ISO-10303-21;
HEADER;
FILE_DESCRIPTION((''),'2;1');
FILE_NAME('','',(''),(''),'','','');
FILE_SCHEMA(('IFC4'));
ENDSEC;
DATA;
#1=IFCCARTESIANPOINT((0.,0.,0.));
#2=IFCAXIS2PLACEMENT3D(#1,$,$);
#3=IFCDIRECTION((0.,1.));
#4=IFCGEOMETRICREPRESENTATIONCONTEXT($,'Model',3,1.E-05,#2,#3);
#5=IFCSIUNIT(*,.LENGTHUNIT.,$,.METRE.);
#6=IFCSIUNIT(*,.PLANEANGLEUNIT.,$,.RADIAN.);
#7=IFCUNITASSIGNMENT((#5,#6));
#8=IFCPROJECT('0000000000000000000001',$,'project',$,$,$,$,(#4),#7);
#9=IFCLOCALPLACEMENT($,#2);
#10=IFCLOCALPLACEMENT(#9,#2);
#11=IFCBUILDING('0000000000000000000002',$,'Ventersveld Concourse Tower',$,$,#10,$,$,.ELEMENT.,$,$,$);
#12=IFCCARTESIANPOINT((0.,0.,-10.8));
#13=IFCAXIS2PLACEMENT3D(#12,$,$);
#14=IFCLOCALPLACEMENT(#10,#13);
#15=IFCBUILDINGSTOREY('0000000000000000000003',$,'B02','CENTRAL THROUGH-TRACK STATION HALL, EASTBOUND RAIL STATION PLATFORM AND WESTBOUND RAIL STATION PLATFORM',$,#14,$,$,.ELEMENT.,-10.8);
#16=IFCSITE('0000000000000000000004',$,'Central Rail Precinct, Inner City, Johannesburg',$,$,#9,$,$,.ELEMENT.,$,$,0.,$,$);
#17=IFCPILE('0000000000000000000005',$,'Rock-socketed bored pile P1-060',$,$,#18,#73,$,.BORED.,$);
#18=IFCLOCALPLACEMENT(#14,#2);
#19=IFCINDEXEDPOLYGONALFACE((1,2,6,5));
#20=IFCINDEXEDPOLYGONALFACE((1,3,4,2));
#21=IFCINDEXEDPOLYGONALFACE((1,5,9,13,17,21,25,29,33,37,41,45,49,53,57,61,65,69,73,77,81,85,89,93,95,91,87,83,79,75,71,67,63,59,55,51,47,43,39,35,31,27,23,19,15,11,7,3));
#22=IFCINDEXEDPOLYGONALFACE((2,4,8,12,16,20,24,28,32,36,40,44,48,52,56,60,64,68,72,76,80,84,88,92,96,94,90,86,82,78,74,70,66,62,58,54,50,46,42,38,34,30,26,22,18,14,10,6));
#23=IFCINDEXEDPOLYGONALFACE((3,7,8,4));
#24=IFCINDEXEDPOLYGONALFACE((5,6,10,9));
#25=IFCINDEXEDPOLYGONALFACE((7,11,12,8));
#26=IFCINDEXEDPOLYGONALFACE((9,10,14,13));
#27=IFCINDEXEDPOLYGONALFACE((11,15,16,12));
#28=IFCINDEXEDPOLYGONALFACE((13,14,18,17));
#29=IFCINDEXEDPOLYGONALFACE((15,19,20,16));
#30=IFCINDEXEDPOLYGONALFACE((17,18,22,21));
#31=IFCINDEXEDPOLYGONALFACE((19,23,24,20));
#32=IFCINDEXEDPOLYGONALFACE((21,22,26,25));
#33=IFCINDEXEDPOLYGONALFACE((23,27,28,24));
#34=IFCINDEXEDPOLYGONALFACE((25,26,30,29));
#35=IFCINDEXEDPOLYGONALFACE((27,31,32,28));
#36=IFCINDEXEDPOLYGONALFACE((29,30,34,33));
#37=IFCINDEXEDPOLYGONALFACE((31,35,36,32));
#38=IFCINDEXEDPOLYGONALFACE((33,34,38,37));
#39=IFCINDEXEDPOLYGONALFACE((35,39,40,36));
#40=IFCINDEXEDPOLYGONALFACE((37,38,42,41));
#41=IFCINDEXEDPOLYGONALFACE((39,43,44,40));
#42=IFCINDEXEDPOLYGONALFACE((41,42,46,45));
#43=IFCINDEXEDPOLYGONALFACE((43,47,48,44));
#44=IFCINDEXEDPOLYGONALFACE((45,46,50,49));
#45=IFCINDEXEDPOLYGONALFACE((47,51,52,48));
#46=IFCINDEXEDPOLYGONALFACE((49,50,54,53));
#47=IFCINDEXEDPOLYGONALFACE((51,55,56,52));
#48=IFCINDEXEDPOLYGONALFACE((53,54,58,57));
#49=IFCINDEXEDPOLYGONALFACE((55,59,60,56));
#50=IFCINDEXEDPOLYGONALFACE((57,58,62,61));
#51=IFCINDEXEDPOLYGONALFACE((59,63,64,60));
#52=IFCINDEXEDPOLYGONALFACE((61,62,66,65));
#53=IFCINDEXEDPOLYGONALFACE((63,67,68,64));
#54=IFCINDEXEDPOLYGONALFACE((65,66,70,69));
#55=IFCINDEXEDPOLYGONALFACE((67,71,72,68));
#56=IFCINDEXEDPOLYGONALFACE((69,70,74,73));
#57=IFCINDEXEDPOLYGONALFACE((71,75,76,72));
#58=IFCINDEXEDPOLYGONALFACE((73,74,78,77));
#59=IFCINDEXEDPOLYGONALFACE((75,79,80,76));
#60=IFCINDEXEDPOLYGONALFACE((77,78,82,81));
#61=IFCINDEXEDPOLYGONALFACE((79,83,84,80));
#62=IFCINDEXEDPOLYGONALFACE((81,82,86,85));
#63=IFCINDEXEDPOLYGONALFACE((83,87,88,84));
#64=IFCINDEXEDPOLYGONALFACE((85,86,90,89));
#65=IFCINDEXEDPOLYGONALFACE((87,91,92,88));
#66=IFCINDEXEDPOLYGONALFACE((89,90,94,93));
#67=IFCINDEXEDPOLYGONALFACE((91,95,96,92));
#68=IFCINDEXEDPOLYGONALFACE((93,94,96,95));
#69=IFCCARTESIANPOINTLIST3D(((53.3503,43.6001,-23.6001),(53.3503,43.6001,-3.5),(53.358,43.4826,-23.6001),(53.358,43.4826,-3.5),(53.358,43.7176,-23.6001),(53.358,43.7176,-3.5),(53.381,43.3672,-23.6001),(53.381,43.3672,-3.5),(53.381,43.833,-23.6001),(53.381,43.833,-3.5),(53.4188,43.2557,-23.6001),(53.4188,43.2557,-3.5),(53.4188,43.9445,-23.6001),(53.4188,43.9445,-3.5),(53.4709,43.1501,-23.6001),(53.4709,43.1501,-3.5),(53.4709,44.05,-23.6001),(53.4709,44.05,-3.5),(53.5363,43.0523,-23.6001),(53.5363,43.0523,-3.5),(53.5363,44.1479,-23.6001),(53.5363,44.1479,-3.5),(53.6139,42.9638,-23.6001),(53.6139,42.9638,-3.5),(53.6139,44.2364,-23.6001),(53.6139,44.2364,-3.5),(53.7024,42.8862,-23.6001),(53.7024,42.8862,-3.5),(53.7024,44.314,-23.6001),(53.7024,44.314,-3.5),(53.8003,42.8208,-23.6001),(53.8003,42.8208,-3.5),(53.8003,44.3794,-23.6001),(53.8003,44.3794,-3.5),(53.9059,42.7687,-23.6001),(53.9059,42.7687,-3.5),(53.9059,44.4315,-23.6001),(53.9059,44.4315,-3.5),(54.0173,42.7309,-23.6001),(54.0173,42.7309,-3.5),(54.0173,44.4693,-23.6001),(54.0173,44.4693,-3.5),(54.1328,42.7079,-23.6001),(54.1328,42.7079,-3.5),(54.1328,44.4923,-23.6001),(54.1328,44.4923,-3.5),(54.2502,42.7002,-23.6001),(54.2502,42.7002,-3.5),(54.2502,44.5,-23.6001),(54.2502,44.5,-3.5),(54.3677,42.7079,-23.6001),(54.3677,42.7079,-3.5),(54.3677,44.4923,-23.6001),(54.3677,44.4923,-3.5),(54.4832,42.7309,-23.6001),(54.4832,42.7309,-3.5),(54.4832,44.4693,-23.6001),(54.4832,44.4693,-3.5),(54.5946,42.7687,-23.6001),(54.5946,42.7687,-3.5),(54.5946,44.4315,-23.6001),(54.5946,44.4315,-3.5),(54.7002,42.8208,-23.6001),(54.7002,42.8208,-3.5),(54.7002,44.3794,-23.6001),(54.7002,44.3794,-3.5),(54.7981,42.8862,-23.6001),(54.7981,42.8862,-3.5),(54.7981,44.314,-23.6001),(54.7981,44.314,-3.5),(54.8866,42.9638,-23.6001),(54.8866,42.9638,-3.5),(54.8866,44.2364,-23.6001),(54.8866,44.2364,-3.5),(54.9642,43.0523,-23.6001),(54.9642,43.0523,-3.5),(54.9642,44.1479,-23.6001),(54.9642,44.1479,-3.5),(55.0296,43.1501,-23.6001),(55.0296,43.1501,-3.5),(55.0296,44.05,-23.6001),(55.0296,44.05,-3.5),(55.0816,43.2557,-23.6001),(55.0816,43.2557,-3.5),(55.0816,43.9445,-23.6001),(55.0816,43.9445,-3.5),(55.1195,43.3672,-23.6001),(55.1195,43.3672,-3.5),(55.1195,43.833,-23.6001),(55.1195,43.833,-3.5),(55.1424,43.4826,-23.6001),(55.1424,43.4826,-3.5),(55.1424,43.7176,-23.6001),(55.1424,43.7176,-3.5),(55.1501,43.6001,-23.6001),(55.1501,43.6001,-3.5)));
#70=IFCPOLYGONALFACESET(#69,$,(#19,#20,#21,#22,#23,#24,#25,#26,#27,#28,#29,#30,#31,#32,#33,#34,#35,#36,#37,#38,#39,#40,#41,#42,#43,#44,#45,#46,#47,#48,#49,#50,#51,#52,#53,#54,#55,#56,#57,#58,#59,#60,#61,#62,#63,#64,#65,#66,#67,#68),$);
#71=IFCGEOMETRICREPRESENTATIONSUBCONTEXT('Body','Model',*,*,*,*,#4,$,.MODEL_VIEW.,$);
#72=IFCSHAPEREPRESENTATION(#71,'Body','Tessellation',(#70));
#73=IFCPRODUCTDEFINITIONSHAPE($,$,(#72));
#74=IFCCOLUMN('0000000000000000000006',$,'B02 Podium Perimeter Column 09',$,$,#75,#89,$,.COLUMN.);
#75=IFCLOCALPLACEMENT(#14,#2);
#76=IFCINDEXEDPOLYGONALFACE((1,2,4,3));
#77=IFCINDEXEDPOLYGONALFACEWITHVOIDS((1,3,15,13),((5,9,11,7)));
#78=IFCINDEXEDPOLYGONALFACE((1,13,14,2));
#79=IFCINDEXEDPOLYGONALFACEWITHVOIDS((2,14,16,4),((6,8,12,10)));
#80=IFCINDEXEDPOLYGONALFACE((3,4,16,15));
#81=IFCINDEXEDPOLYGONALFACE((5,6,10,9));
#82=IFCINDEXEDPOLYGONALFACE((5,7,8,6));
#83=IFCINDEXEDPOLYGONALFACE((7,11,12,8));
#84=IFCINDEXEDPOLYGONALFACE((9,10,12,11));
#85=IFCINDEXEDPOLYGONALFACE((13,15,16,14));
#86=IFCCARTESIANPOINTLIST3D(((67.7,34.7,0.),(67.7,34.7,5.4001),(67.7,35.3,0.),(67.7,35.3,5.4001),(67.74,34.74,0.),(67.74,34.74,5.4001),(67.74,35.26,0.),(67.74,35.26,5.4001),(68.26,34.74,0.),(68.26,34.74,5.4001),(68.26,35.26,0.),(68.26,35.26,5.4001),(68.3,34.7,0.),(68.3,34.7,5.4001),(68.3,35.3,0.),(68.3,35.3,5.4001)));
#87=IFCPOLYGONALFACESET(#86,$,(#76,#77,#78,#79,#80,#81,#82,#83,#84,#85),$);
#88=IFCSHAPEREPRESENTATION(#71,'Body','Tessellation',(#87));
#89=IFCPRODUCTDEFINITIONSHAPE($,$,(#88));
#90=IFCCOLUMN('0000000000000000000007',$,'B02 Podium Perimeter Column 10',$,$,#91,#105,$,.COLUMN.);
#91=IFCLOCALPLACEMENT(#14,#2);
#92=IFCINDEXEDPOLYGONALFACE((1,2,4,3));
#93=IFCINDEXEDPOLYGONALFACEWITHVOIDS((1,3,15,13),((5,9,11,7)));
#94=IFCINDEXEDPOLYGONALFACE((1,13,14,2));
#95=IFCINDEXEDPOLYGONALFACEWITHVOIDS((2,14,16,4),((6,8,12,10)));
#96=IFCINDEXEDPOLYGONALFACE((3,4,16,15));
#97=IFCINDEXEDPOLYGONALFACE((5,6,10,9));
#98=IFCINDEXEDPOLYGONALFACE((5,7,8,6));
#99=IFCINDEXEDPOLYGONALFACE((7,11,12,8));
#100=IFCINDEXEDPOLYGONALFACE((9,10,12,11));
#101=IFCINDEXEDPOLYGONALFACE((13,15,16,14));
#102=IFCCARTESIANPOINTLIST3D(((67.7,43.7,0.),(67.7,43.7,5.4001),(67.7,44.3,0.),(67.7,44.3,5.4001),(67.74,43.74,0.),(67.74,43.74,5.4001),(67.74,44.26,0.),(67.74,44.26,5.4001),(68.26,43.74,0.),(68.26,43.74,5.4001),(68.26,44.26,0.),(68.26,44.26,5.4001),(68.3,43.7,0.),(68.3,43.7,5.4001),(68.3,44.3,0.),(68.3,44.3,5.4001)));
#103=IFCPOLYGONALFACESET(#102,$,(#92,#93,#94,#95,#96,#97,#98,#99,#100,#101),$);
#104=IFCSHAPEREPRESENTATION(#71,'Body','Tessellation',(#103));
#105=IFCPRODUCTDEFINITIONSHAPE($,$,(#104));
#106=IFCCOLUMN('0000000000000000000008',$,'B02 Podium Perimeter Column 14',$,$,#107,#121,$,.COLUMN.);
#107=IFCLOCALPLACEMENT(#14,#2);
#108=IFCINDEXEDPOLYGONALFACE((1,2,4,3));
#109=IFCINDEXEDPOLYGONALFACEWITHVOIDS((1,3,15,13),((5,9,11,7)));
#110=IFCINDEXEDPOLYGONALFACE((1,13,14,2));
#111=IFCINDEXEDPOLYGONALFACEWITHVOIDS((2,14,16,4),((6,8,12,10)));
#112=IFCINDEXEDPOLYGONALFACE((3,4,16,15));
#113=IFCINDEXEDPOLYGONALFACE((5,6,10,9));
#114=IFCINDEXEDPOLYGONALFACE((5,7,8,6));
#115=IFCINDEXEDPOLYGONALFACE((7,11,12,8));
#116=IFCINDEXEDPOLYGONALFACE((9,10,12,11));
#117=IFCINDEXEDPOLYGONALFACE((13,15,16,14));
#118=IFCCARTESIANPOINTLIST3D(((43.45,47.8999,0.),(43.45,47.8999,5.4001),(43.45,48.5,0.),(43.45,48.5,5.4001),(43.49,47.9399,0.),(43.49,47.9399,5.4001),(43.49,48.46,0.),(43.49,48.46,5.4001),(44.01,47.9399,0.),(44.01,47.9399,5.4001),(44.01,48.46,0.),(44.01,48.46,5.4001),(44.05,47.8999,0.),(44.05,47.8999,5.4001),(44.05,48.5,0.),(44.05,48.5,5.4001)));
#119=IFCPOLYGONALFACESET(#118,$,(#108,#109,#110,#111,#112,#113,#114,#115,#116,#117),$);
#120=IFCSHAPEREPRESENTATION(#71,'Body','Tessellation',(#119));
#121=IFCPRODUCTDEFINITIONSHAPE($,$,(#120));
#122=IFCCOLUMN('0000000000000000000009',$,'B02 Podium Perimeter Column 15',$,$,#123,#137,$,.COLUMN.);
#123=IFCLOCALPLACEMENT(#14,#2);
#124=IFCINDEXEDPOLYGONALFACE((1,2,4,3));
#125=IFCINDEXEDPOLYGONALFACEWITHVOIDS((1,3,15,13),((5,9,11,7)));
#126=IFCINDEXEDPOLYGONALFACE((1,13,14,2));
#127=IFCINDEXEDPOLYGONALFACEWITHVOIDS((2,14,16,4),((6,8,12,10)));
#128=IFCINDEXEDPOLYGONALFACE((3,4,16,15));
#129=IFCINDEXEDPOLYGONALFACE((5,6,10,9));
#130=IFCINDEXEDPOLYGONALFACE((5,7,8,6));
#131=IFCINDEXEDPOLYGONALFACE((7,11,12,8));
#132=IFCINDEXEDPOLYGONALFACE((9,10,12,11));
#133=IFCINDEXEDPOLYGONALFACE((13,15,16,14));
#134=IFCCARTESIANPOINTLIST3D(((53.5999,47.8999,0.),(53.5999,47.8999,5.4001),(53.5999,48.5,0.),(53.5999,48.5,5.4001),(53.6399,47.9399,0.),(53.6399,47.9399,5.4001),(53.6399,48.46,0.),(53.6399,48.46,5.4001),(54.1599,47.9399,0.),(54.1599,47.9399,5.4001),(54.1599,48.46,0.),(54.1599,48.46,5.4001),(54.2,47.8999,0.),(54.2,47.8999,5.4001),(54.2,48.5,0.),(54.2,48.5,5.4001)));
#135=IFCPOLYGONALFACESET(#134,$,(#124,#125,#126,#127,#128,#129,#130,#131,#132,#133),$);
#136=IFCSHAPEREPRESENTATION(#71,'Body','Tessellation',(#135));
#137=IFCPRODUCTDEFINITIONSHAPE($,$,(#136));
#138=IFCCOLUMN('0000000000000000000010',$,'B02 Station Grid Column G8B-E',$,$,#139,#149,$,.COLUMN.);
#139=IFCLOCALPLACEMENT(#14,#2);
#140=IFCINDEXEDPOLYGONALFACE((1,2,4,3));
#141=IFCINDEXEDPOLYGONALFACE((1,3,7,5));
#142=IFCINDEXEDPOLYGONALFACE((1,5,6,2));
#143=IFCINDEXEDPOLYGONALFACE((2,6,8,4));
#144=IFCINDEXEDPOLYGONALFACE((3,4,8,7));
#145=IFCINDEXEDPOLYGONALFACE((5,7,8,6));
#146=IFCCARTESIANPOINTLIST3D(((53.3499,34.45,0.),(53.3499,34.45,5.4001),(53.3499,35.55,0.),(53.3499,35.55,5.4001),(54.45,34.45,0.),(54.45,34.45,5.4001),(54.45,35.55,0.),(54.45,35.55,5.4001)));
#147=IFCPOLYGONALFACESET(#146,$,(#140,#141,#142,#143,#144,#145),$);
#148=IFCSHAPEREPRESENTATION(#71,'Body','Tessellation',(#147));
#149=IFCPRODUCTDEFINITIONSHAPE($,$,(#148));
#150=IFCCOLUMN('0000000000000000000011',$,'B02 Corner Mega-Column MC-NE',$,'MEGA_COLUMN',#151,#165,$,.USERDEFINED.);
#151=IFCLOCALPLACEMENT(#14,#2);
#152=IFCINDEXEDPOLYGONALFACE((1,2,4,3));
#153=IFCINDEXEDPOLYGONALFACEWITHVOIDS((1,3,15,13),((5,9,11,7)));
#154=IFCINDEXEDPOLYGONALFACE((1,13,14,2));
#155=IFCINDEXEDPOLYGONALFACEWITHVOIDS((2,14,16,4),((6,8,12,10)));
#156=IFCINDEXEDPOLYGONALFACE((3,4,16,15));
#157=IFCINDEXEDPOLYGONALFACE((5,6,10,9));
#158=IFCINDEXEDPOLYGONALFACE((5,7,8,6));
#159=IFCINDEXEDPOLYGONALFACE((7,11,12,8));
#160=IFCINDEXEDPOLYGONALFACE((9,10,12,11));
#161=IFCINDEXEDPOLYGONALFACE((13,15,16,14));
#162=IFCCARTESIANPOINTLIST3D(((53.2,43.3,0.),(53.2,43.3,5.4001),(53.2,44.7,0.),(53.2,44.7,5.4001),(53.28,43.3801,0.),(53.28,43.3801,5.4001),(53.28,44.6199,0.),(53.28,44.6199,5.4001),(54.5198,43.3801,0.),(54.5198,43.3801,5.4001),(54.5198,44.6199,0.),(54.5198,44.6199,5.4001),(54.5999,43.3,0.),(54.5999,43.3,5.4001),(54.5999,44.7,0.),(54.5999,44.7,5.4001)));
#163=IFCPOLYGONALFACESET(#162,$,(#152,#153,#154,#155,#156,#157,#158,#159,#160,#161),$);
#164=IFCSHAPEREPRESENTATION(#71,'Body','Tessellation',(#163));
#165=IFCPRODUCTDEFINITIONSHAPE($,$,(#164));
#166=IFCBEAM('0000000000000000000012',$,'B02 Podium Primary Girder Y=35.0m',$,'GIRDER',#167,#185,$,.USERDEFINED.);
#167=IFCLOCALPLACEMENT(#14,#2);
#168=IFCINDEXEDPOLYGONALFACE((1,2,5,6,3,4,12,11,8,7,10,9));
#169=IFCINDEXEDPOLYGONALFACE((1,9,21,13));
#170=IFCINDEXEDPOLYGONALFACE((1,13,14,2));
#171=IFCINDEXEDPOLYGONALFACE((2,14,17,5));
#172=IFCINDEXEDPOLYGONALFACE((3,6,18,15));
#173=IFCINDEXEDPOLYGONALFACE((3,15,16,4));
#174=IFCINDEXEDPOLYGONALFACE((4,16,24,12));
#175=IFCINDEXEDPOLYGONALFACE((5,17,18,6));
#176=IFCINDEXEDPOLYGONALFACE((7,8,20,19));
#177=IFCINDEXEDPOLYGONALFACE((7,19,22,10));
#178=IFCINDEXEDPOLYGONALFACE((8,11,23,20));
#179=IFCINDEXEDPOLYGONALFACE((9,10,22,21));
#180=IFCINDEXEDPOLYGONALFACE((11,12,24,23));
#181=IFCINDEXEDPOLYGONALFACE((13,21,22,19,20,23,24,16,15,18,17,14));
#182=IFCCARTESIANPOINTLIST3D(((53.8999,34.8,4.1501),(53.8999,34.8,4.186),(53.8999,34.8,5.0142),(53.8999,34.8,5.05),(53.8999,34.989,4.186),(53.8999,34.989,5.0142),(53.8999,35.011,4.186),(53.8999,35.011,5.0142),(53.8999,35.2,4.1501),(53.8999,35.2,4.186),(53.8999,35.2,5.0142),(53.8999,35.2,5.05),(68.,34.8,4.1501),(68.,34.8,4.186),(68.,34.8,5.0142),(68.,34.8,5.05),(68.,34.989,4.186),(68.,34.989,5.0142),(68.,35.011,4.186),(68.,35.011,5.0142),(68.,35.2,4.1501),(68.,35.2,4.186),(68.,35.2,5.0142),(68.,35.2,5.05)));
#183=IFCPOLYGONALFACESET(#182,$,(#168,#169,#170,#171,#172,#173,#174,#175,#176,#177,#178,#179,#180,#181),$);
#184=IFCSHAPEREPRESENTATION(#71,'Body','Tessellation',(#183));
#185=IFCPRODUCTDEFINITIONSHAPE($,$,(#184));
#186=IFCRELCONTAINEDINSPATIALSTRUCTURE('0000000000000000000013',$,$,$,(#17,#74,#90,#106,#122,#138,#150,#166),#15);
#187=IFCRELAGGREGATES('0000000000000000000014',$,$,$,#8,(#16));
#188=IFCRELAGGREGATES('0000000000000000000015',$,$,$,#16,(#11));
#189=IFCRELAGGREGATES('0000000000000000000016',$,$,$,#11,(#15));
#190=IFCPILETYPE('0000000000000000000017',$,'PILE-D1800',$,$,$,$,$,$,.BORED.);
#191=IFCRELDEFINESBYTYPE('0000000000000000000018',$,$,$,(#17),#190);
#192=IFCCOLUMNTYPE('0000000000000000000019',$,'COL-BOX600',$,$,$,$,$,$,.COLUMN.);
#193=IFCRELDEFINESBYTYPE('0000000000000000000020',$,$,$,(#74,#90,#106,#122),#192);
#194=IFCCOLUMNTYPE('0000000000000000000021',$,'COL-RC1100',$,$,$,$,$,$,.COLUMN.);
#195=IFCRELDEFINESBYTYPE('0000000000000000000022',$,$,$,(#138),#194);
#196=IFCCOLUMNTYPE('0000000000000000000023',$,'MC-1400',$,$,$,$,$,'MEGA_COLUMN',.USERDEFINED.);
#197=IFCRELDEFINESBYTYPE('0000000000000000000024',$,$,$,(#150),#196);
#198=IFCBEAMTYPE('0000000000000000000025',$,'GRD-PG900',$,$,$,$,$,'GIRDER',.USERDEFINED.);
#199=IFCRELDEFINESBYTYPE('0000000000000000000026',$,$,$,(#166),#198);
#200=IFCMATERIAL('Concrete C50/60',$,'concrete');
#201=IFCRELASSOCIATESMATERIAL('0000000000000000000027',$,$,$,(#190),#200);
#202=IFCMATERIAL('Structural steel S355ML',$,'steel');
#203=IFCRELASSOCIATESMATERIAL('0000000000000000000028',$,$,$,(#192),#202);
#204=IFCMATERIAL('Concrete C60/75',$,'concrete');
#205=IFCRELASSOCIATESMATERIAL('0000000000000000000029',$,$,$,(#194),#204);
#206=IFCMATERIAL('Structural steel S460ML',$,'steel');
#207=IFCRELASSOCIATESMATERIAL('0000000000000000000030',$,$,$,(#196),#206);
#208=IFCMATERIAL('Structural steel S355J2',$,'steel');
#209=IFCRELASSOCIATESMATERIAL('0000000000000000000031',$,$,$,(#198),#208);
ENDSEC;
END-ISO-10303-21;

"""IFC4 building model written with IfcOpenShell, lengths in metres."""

from ifc_helpers import new_model, si_unit, direction, frame, origin, origin_2d, place, context, subcontext, project, spatial, rectangle, hollow_rectangle, circle, i_section, extrude, material, material_profile, profile_set, type_object, element, save


model = new_model("IFC4")

# Units and contexts
model_context = context("Model", 3, precision=1e-05, world=origin(), true_north=direction((0.0, 1.0)))
body_context = subcontext(model_context, "Body", "Model", "MODEL_VIEW")
ifc_project = project(units=[si_unit("LENGTHUNIT", "METRE"), si_unit("PLANEANGLEUNIT", "RADIAN")], contexts=[model_context])

# Site, building, storey
site_placement = place(None, origin())
site = spatial("IfcSite", under=ifc_project, at=site_placement, Name="Central Rail Precinct, Inner City, Johannesburg", CompositionType="ELEMENT", RefElevation=0.0)
building_placement = place(site_placement, origin())
building = spatial("IfcBuilding", under=site, at=building_placement, Name="Ventersveld Concourse Tower", CompositionType="ELEMENT")
storey_placement = place(building_placement, frame((0.0, 0.0, -10.8)))
storey = spatial("IfcBuildingStorey", under=building, at=storey_placement, Name="B02", Description="CENTRAL THROUGH-TRACK STATION HALL, EASTBOUND RAIL STATION PLATFORM AND WESTBOUND RAIL STATION PLATFORM", CompositionType="ELEMENT", Elevation=-10.8)

# Shared definitions
ifc_material_1 = material(Name="Concrete C50/60", Category="concrete")

# Pile
ifc_material_profile_1 = material_profile(ifc_material_1, circle(Radius=0.8999, at=origin_2d()), Name="PILE D1800")
ifc_profile_set_1 = profile_set([ifc_material_profile_1], Name="Concrete C50/60")
pile_type_1 = type_object("IfcPileType", Name="PILE-D1800", PredefinedType="BORED", material=ifc_profile_set_1)
for number, where, z_axis, x_axis, name in (
    (1, (54.2502, 43.6001, -3.5), (0.0, 0.0, -1.0), (1.0, 0.0, 0.0), "Rock-socketed bored pile P1-060"),
):
    element("IfcPile", number, at=place(storey_placement, frame(where, z_axis=z_axis, x_axis=x_axis)), inside=storey, type_object=pile_type_1, Name=name, PredefinedType="BORED", context=body_context, shape_type="SweptSolid", body=[
        extrude(circle(Radius=0.8999, at=origin_2d()), origin(), (0.0, 0.0, 1.0), 20.1001),
    ])

# Columns
ifc_material_2 = material(Name="Structural steel S355ML", Category="steel")
ifc_material_profile_2 = material_profile(ifc_material_2, hollow_rectangle(XDim=0.6001, YDim=0.6001, WallThickness=0.04, at=origin_2d()), Name="BOX 600x600x40")
ifc_profile_set_2 = profile_set([ifc_material_profile_2], Name="Structural steel S355ML")
column_type_1 = type_object("IfcColumnType", Name="COL-BOX600", PredefinedType="COLUMN", material=ifc_profile_set_2)
for number, where, z_axis, x_axis, name in (
    (2, (68.0, 35.0, 0.0), (0.0, 0.0, 1.0), (1.0, 0.0, 0.0), "B02 Podium Perimeter Column 09"),
    (3, (68.0, 44.0, 0.0), (0.0, 0.0, 1.0), (1.0, 0.0, 0.0), "B02 Podium Perimeter Column 10"),
    (4, (43.75, 48.2, 0.0), (0.0, 0.0, 1.0), (1.0, 0.0, 0.0), "B02 Podium Perimeter Column 14"),
    (5, (53.8999, 48.2, 0.0), (0.0, 0.0, 1.0), (1.0, 0.0, 0.0), "B02 Podium Perimeter Column 15"),
):
    element("IfcColumn", number, at=place(storey_placement, frame(where, z_axis=z_axis, x_axis=x_axis)), inside=storey, type_object=column_type_1, Name=name, PredefinedType="COLUMN", context=body_context, shape_type="SweptSolid", body=[
        extrude(hollow_rectangle(XDim=0.6001, YDim=0.6001, WallThickness=0.04, at=origin_2d()), origin(), (0.0, 0.0, 1.0), 5.4001),
    ])
ifc_material_3 = material(Name="Concrete C60/75", Category="concrete")
ifc_material_profile_3 = material_profile(ifc_material_3, rectangle(XDim=1.1001, YDim=1.1001, at=origin_2d()), Name="RC 1100x1100")
ifc_profile_set_3 = profile_set([ifc_material_profile_3], Name="Concrete C60/75")
column_type_2 = type_object("IfcColumnType", Name="COL-RC1100", PredefinedType="COLUMN", material=ifc_profile_set_3)
column_1_placement = place(storey_placement, frame((53.8999, 35.0, 0.0), z_axis=(0.0, 0.0, 1.0), x_axis=(1.0, 0.0, 0.0)))
element("IfcColumn", 6, at=column_1_placement, inside=storey, type_object=column_type_2, Name="B02 Station Grid Column G8B-E", PredefinedType="COLUMN", context=body_context, shape_type="SweptSolid", body=[
    extrude(rectangle(XDim=1.1001, YDim=1.1001, at=origin_2d()), origin(), (0.0, 0.0, 1.0), 5.4001),
])
ifc_material_4 = material(Name="Structural steel S460ML", Category="steel")
ifc_material_profile_4 = material_profile(ifc_material_4, hollow_rectangle(XDim=1.3999, YDim=1.3999, WallThickness=0.0801, at=origin_2d()), Name="BOX 1400x1400x80")
ifc_profile_set_4 = profile_set([ifc_material_profile_4], Name="Structural steel S460ML")
column_type_3 = type_object("IfcColumnType", Name="MC-1400", ElementType="MEGA_COLUMN", PredefinedType="USERDEFINED", material=ifc_profile_set_4)
column_2_placement = place(storey_placement, frame((53.8999, 44.0, 0.0), z_axis=(0.0, 0.0, 1.0), x_axis=(1.0, 0.0, 0.0)))
element("IfcColumn", 7, at=column_2_placement, inside=storey, type_object=column_type_3, Name="B02 Corner Mega-Column MC-NE", ObjectType="MEGA_COLUMN", PredefinedType="USERDEFINED", context=body_context, shape_type="SweptSolid", body=[
    extrude(hollow_rectangle(XDim=1.3999, YDim=1.3999, WallThickness=0.0801, at=origin_2d()), origin(), (0.0, 0.0, 1.0), 5.4001),
])

# Beam
ifc_material_5 = material(Name="Structural steel S355J2", Category="steel")
ifc_material_profile_5 = material_profile(ifc_material_5, i_section(OverallWidth=0.3999, OverallDepth=0.8999, WebThickness=0.022, FlangeThickness=0.0359, at=origin_2d()), Name="PG 900x400x36")
ifc_profile_set_5 = profile_set([ifc_material_profile_5], Name="Structural steel S355J2")
beam_type_1 = type_object("IfcBeamType", Name="GRD-PG900", ElementType="GIRDER", PredefinedType="USERDEFINED", material=ifc_profile_set_5)
for number, where, z_axis, x_axis, name in (
    (8, (53.8999, 35.0, 4.6001), (1.0, 0.0, 0.0), (0.0, 1.0, 0.0), "B02 Podium Primary Girder Y=35.0m"),
):
    element("IfcBeam", number, at=place(storey_placement, frame(where, z_axis=z_axis, x_axis=x_axis)), inside=storey, type_object=beam_type_1, Name=name, ObjectType="GIRDER", PredefinedType="USERDEFINED", context=body_context, shape_type="SweptSolid", body=[
        extrude(i_section(OverallWidth=0.3999, OverallDepth=0.8999, WebThickness=0.022, FlangeThickness=0.0359, at=origin_2d()), origin(), (0.0, 0.0, 1.0), 14.1001),
    ])

save(model, "model.ifc")
